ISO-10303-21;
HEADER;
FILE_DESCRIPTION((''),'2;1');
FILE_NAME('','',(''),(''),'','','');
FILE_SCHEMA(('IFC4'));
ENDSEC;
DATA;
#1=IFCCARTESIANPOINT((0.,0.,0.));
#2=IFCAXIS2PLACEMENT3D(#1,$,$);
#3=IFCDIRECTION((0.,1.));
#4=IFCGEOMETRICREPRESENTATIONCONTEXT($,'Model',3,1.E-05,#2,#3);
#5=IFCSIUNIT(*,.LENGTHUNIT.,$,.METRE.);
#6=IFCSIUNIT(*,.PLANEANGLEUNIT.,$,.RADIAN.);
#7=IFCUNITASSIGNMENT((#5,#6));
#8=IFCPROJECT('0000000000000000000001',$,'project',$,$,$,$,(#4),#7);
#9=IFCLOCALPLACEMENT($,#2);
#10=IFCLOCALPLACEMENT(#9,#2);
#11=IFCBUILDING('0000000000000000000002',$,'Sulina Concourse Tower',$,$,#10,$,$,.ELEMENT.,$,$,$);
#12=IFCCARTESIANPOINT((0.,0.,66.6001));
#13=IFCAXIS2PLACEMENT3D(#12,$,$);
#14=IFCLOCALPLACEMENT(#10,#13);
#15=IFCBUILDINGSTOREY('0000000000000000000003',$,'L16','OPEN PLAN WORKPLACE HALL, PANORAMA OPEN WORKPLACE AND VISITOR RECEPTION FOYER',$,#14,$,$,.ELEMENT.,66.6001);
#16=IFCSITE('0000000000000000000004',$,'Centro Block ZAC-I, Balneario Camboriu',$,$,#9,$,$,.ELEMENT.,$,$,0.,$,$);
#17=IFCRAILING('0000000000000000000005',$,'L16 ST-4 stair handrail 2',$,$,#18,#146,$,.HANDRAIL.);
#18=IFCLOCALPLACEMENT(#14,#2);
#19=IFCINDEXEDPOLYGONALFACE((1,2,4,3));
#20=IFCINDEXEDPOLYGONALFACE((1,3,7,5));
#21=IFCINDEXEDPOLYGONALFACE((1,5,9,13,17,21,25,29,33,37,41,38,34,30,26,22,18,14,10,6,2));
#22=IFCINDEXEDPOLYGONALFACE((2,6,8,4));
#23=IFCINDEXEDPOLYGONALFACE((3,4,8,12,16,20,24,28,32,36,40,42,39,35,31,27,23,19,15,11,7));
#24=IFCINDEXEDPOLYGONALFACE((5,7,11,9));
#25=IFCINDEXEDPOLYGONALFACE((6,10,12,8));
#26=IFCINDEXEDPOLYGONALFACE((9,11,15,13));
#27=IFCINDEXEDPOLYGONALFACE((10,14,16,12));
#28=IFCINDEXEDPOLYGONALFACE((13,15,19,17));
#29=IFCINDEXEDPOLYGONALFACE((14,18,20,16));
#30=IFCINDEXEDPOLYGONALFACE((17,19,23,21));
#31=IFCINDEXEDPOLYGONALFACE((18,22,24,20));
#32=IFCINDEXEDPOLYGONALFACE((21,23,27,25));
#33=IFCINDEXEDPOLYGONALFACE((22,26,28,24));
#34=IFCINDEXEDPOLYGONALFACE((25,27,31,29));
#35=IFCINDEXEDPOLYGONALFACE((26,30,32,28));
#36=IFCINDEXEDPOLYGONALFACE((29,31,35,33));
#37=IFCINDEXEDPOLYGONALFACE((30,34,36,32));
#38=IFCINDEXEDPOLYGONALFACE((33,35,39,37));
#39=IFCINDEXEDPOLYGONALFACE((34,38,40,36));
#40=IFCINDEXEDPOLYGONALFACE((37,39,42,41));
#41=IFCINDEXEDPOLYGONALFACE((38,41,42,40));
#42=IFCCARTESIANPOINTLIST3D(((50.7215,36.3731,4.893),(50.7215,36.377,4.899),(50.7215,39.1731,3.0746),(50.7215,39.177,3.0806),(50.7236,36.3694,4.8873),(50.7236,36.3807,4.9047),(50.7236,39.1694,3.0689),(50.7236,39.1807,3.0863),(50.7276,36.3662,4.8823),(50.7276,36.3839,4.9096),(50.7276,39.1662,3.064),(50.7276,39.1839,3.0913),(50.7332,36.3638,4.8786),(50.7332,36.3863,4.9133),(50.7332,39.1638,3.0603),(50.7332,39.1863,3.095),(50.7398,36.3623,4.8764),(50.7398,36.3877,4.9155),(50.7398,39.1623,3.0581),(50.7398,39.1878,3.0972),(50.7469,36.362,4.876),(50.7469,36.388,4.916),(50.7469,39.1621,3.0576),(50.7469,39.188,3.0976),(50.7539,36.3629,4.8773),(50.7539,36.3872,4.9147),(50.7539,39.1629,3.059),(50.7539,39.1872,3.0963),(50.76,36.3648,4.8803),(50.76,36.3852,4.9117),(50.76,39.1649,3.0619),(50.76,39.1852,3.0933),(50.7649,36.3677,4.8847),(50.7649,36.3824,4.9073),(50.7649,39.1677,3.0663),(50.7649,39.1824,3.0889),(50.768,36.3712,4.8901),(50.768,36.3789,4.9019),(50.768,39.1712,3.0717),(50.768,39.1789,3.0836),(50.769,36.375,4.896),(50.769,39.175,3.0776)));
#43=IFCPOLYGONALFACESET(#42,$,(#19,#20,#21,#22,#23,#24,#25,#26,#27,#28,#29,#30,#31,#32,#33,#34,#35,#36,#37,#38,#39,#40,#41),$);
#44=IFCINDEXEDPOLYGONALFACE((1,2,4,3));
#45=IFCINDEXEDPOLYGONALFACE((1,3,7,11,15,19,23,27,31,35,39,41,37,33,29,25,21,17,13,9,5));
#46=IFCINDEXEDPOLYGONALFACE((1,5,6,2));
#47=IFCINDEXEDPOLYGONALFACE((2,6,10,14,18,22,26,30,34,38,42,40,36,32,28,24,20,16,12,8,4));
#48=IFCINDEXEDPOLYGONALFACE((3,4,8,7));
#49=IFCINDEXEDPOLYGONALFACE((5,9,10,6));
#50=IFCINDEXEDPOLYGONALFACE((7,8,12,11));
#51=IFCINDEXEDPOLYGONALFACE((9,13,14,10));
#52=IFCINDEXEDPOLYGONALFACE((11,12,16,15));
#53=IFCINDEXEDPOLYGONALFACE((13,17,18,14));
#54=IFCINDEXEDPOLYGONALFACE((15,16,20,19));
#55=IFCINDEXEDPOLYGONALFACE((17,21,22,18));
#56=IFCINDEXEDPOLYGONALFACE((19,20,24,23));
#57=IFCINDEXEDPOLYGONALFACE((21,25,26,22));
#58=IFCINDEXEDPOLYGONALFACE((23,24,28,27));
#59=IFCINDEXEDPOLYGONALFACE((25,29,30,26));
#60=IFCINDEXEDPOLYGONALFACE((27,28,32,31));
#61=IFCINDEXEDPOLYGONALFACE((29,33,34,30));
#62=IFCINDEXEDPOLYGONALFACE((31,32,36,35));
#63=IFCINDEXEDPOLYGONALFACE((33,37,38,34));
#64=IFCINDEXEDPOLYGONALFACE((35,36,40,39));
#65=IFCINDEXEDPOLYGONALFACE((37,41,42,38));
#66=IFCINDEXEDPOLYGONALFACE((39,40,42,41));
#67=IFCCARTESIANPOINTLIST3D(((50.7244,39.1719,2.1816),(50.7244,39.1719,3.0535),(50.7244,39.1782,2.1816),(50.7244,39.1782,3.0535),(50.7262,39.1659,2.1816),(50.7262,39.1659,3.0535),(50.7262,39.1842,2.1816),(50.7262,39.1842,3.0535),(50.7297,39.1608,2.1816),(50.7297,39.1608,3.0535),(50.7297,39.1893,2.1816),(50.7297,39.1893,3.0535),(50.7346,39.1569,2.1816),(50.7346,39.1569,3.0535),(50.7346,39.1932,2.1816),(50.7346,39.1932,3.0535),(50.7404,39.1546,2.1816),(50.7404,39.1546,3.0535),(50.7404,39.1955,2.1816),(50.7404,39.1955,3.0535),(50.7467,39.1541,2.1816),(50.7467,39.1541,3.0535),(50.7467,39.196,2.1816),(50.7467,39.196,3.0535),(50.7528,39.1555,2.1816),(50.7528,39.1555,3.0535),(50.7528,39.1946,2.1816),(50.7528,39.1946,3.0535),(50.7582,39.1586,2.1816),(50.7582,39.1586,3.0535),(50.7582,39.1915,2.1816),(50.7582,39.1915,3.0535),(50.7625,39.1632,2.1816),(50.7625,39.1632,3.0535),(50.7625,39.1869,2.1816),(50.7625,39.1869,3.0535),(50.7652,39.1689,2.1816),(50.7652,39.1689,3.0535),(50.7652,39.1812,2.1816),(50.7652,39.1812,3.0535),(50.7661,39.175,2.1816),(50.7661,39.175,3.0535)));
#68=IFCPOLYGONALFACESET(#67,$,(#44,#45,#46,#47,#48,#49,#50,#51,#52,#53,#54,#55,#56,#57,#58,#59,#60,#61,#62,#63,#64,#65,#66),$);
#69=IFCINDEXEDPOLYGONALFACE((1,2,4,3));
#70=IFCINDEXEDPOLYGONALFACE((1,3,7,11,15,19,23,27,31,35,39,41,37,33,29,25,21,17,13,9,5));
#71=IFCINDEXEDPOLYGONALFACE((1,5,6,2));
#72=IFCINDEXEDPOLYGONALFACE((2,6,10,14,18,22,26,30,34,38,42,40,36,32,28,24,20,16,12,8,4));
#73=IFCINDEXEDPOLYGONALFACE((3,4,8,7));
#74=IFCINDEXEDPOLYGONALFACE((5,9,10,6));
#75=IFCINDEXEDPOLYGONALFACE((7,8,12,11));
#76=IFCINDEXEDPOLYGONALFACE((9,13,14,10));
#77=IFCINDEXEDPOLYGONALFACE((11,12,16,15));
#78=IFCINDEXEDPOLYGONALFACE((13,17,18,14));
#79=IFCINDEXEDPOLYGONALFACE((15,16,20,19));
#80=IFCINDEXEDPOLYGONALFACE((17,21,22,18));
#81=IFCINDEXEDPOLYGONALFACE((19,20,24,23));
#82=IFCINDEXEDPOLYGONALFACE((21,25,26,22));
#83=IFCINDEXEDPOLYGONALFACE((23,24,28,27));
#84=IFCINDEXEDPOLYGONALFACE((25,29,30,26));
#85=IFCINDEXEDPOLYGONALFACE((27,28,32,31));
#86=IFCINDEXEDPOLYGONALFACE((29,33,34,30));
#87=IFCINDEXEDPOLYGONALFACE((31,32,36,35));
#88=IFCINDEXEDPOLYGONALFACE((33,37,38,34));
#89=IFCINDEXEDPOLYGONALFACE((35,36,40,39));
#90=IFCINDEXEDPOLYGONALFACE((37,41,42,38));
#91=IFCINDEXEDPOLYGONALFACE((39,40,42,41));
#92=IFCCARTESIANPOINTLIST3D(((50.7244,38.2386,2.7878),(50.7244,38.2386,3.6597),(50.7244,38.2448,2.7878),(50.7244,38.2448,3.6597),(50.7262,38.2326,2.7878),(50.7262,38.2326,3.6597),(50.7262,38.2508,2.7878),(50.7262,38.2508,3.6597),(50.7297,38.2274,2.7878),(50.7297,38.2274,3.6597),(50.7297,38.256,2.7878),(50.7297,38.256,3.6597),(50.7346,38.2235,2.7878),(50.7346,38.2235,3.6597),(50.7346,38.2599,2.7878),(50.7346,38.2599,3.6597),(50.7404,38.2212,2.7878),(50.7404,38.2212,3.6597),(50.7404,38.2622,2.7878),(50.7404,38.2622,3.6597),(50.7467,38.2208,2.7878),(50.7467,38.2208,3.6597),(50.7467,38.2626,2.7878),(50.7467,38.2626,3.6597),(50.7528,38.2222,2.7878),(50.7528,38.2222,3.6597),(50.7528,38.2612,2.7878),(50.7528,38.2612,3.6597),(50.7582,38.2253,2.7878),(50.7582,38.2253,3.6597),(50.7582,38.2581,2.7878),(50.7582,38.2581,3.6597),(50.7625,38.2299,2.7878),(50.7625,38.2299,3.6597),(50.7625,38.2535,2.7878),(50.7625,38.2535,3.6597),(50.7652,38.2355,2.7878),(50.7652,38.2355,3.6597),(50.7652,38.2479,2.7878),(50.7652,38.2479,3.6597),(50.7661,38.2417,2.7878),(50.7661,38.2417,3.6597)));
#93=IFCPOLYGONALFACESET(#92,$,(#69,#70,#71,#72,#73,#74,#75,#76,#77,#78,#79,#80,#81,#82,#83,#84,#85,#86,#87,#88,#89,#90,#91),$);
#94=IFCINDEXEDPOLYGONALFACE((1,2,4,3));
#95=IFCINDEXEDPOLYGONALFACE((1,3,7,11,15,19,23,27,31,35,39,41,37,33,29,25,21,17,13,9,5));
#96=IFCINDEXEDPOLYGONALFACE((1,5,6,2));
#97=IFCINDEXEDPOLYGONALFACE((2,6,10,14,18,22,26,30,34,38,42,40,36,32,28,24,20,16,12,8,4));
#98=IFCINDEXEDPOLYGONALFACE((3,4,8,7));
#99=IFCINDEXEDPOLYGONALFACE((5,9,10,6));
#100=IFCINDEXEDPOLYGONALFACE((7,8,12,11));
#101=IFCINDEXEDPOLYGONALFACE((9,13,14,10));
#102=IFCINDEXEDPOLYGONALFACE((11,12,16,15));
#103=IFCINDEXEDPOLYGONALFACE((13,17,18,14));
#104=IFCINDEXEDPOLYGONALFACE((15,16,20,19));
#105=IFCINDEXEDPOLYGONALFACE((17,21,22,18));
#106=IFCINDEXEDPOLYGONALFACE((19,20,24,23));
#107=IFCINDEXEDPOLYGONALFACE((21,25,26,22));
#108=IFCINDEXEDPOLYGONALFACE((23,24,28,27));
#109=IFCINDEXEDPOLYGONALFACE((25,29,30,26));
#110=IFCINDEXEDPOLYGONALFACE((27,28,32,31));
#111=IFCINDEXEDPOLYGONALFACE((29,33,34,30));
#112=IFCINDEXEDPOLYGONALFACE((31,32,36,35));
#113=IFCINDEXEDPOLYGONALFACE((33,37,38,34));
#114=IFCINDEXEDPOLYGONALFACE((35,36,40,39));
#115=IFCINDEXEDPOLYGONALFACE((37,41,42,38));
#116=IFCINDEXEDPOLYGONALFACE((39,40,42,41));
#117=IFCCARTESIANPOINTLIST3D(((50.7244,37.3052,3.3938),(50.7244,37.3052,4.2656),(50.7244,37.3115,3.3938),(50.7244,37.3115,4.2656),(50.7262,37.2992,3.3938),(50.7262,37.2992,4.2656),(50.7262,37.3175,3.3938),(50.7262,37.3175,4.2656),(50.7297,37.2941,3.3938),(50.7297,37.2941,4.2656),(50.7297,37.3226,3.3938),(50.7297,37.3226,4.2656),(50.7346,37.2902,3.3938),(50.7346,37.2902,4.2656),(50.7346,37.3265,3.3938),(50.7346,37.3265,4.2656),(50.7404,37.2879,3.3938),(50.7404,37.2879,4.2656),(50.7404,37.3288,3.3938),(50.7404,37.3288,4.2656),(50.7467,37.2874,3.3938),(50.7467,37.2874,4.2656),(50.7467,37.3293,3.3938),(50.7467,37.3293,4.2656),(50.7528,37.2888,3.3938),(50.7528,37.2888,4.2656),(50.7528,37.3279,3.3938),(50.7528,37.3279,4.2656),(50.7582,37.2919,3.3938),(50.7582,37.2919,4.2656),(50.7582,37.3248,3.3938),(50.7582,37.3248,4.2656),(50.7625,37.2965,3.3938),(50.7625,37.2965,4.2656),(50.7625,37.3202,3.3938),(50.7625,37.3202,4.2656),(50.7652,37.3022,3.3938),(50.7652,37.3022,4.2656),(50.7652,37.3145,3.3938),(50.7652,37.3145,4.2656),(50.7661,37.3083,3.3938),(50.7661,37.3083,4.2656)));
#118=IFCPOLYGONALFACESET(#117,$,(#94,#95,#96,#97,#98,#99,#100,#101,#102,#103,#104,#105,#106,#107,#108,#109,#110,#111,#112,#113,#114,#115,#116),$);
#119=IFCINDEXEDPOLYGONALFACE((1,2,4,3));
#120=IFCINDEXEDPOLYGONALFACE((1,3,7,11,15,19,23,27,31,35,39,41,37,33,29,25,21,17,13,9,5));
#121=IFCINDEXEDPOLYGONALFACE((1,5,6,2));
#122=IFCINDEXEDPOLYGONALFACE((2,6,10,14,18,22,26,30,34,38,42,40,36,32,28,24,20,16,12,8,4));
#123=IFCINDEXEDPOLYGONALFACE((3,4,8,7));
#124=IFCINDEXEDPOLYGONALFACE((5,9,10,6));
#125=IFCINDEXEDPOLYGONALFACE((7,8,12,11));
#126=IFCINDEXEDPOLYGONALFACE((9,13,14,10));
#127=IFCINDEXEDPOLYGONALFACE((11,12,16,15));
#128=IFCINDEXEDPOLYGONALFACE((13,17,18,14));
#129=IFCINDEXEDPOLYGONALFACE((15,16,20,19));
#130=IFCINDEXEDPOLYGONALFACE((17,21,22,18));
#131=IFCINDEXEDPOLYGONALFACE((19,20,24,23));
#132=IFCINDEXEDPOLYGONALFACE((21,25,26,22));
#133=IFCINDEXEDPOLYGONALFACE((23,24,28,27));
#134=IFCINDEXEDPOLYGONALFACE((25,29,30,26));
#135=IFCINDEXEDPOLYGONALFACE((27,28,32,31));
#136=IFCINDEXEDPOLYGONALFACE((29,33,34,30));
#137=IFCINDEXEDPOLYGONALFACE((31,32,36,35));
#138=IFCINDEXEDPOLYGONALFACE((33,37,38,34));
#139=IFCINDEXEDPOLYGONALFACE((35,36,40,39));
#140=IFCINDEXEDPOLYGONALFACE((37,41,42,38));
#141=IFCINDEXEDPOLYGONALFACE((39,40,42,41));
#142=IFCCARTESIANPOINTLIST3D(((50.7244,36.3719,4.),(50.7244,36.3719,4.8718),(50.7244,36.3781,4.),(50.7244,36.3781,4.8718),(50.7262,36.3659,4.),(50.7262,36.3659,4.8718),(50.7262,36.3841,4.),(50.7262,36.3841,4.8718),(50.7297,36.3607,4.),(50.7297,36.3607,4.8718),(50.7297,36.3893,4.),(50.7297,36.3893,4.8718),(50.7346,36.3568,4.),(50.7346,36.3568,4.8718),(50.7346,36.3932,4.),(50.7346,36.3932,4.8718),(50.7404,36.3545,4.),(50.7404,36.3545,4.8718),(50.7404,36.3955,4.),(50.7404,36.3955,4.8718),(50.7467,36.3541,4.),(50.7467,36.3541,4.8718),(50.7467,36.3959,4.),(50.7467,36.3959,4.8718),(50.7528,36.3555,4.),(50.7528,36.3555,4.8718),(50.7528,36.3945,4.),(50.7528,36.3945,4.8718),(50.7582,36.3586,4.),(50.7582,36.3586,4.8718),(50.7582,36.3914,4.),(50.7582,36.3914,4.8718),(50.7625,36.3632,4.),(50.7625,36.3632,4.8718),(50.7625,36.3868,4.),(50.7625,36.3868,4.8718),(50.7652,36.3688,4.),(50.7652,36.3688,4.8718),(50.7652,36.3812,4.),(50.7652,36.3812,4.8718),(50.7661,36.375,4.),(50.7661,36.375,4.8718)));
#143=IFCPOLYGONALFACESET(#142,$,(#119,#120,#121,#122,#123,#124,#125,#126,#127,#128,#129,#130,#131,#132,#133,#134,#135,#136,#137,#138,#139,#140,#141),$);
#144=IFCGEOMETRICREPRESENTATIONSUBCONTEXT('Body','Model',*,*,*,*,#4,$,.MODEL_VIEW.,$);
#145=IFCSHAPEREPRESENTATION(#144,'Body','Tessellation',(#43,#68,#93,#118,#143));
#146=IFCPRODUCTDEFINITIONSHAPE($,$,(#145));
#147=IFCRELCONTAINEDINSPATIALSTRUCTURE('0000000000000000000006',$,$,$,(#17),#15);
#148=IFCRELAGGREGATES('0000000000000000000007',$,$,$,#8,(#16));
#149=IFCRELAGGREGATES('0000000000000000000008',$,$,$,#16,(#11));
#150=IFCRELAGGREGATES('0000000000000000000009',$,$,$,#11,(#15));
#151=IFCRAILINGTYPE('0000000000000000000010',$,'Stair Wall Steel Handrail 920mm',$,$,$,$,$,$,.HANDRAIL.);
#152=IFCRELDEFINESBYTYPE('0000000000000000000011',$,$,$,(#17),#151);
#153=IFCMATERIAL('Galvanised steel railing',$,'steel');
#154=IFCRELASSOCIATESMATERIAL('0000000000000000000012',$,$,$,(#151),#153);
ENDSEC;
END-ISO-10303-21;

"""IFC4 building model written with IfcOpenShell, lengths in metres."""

from ifc_helpers import new_model, si_unit, direction, frame, origin, origin_2d, place, context, subcontext, project, spatial, circle, extrude, material, type_object, element, save


model = new_model("IFC4")

# Units and contexts
model_context = context("Model", 3, precision=1e-05, world=origin(), true_north=direction((0.0, 1.0)))
body_context = subcontext(model_context, "Body", "Model", "MODEL_VIEW")
ifc_project = project(units=[si_unit("LENGTHUNIT", "METRE"), si_unit("PLANEANGLEUNIT", "RADIAN")], contexts=[model_context])

# Site, building, storey
site_placement = place(None, origin())
site = spatial("IfcSite", under=ifc_project, at=site_placement, Name="Centro Block ZAC-I, Balneario Camboriu", CompositionType="ELEMENT", RefElevation=0.0)
building_placement = place(site_placement, origin())
building = spatial("IfcBuilding", under=site, at=building_placement, Name="Sulina Concourse Tower", CompositionType="ELEMENT")
storey_placement = place(building_placement, frame((0.0, 0.0, 66.6001)))
storey = spatial("IfcBuildingStorey", under=building, at=storey_placement, Name="L16", Description="OPEN PLAN WORKPLACE HALL, PANORAMA OPEN WORKPLACE AND VISITOR RECEPTION FOYER", CompositionType="ELEMENT", Elevation=66.6001)

# Railing
ifc_material_1 = material(Name="Galvanised steel railing", Category="steel")
railing_type_1 = type_object("IfcRailingType", Name="Stair Wall Steel Handrail 920mm", PredefinedType="HANDRAIL", material=ifc_material_1)
railing_1_placement = place(storey_placement, frame((50.7451, 39.175, 2.1816)))
element("IfcRailing", 1, at=railing_1_placement, inside=storey, type_object=railing_type_1, Name="L16 ST-4 stair handrail 2", PredefinedType="HANDRAIL", context=body_context, shape_type="SweptSolid", body=[
    extrude(circle(Radius=0.0239, at=origin_2d()), frame((0.0, 0.0, 0.896), z_axis=(0.0, -0.838672, 0.544636), x_axis=(1.0, 0.0, 0.0)), (0.0, 0.0, 1.0), 3.3386),
    extrude(circle(Radius=0.021, at=origin_2d()), origin(), (0.0, 0.0, 1.0), 0.8718),
    extrude(circle(Radius=0.021, at=origin_2d()), frame((0.0, -0.9333, 0.6062)), (0.0, 0.0, 1.0), 0.8718),
    extrude(circle(Radius=0.021, at=origin_2d()), frame((0.0, -1.8667, 1.2122)), (0.0, 0.0, 1.0), 0.8718),
    extrude(circle(Radius=0.021, at=origin_2d()), frame((0.0, -2.8, 1.8184)), (0.0, 0.0, 1.0), 0.8718),
])

save(model, "model.ifc")
